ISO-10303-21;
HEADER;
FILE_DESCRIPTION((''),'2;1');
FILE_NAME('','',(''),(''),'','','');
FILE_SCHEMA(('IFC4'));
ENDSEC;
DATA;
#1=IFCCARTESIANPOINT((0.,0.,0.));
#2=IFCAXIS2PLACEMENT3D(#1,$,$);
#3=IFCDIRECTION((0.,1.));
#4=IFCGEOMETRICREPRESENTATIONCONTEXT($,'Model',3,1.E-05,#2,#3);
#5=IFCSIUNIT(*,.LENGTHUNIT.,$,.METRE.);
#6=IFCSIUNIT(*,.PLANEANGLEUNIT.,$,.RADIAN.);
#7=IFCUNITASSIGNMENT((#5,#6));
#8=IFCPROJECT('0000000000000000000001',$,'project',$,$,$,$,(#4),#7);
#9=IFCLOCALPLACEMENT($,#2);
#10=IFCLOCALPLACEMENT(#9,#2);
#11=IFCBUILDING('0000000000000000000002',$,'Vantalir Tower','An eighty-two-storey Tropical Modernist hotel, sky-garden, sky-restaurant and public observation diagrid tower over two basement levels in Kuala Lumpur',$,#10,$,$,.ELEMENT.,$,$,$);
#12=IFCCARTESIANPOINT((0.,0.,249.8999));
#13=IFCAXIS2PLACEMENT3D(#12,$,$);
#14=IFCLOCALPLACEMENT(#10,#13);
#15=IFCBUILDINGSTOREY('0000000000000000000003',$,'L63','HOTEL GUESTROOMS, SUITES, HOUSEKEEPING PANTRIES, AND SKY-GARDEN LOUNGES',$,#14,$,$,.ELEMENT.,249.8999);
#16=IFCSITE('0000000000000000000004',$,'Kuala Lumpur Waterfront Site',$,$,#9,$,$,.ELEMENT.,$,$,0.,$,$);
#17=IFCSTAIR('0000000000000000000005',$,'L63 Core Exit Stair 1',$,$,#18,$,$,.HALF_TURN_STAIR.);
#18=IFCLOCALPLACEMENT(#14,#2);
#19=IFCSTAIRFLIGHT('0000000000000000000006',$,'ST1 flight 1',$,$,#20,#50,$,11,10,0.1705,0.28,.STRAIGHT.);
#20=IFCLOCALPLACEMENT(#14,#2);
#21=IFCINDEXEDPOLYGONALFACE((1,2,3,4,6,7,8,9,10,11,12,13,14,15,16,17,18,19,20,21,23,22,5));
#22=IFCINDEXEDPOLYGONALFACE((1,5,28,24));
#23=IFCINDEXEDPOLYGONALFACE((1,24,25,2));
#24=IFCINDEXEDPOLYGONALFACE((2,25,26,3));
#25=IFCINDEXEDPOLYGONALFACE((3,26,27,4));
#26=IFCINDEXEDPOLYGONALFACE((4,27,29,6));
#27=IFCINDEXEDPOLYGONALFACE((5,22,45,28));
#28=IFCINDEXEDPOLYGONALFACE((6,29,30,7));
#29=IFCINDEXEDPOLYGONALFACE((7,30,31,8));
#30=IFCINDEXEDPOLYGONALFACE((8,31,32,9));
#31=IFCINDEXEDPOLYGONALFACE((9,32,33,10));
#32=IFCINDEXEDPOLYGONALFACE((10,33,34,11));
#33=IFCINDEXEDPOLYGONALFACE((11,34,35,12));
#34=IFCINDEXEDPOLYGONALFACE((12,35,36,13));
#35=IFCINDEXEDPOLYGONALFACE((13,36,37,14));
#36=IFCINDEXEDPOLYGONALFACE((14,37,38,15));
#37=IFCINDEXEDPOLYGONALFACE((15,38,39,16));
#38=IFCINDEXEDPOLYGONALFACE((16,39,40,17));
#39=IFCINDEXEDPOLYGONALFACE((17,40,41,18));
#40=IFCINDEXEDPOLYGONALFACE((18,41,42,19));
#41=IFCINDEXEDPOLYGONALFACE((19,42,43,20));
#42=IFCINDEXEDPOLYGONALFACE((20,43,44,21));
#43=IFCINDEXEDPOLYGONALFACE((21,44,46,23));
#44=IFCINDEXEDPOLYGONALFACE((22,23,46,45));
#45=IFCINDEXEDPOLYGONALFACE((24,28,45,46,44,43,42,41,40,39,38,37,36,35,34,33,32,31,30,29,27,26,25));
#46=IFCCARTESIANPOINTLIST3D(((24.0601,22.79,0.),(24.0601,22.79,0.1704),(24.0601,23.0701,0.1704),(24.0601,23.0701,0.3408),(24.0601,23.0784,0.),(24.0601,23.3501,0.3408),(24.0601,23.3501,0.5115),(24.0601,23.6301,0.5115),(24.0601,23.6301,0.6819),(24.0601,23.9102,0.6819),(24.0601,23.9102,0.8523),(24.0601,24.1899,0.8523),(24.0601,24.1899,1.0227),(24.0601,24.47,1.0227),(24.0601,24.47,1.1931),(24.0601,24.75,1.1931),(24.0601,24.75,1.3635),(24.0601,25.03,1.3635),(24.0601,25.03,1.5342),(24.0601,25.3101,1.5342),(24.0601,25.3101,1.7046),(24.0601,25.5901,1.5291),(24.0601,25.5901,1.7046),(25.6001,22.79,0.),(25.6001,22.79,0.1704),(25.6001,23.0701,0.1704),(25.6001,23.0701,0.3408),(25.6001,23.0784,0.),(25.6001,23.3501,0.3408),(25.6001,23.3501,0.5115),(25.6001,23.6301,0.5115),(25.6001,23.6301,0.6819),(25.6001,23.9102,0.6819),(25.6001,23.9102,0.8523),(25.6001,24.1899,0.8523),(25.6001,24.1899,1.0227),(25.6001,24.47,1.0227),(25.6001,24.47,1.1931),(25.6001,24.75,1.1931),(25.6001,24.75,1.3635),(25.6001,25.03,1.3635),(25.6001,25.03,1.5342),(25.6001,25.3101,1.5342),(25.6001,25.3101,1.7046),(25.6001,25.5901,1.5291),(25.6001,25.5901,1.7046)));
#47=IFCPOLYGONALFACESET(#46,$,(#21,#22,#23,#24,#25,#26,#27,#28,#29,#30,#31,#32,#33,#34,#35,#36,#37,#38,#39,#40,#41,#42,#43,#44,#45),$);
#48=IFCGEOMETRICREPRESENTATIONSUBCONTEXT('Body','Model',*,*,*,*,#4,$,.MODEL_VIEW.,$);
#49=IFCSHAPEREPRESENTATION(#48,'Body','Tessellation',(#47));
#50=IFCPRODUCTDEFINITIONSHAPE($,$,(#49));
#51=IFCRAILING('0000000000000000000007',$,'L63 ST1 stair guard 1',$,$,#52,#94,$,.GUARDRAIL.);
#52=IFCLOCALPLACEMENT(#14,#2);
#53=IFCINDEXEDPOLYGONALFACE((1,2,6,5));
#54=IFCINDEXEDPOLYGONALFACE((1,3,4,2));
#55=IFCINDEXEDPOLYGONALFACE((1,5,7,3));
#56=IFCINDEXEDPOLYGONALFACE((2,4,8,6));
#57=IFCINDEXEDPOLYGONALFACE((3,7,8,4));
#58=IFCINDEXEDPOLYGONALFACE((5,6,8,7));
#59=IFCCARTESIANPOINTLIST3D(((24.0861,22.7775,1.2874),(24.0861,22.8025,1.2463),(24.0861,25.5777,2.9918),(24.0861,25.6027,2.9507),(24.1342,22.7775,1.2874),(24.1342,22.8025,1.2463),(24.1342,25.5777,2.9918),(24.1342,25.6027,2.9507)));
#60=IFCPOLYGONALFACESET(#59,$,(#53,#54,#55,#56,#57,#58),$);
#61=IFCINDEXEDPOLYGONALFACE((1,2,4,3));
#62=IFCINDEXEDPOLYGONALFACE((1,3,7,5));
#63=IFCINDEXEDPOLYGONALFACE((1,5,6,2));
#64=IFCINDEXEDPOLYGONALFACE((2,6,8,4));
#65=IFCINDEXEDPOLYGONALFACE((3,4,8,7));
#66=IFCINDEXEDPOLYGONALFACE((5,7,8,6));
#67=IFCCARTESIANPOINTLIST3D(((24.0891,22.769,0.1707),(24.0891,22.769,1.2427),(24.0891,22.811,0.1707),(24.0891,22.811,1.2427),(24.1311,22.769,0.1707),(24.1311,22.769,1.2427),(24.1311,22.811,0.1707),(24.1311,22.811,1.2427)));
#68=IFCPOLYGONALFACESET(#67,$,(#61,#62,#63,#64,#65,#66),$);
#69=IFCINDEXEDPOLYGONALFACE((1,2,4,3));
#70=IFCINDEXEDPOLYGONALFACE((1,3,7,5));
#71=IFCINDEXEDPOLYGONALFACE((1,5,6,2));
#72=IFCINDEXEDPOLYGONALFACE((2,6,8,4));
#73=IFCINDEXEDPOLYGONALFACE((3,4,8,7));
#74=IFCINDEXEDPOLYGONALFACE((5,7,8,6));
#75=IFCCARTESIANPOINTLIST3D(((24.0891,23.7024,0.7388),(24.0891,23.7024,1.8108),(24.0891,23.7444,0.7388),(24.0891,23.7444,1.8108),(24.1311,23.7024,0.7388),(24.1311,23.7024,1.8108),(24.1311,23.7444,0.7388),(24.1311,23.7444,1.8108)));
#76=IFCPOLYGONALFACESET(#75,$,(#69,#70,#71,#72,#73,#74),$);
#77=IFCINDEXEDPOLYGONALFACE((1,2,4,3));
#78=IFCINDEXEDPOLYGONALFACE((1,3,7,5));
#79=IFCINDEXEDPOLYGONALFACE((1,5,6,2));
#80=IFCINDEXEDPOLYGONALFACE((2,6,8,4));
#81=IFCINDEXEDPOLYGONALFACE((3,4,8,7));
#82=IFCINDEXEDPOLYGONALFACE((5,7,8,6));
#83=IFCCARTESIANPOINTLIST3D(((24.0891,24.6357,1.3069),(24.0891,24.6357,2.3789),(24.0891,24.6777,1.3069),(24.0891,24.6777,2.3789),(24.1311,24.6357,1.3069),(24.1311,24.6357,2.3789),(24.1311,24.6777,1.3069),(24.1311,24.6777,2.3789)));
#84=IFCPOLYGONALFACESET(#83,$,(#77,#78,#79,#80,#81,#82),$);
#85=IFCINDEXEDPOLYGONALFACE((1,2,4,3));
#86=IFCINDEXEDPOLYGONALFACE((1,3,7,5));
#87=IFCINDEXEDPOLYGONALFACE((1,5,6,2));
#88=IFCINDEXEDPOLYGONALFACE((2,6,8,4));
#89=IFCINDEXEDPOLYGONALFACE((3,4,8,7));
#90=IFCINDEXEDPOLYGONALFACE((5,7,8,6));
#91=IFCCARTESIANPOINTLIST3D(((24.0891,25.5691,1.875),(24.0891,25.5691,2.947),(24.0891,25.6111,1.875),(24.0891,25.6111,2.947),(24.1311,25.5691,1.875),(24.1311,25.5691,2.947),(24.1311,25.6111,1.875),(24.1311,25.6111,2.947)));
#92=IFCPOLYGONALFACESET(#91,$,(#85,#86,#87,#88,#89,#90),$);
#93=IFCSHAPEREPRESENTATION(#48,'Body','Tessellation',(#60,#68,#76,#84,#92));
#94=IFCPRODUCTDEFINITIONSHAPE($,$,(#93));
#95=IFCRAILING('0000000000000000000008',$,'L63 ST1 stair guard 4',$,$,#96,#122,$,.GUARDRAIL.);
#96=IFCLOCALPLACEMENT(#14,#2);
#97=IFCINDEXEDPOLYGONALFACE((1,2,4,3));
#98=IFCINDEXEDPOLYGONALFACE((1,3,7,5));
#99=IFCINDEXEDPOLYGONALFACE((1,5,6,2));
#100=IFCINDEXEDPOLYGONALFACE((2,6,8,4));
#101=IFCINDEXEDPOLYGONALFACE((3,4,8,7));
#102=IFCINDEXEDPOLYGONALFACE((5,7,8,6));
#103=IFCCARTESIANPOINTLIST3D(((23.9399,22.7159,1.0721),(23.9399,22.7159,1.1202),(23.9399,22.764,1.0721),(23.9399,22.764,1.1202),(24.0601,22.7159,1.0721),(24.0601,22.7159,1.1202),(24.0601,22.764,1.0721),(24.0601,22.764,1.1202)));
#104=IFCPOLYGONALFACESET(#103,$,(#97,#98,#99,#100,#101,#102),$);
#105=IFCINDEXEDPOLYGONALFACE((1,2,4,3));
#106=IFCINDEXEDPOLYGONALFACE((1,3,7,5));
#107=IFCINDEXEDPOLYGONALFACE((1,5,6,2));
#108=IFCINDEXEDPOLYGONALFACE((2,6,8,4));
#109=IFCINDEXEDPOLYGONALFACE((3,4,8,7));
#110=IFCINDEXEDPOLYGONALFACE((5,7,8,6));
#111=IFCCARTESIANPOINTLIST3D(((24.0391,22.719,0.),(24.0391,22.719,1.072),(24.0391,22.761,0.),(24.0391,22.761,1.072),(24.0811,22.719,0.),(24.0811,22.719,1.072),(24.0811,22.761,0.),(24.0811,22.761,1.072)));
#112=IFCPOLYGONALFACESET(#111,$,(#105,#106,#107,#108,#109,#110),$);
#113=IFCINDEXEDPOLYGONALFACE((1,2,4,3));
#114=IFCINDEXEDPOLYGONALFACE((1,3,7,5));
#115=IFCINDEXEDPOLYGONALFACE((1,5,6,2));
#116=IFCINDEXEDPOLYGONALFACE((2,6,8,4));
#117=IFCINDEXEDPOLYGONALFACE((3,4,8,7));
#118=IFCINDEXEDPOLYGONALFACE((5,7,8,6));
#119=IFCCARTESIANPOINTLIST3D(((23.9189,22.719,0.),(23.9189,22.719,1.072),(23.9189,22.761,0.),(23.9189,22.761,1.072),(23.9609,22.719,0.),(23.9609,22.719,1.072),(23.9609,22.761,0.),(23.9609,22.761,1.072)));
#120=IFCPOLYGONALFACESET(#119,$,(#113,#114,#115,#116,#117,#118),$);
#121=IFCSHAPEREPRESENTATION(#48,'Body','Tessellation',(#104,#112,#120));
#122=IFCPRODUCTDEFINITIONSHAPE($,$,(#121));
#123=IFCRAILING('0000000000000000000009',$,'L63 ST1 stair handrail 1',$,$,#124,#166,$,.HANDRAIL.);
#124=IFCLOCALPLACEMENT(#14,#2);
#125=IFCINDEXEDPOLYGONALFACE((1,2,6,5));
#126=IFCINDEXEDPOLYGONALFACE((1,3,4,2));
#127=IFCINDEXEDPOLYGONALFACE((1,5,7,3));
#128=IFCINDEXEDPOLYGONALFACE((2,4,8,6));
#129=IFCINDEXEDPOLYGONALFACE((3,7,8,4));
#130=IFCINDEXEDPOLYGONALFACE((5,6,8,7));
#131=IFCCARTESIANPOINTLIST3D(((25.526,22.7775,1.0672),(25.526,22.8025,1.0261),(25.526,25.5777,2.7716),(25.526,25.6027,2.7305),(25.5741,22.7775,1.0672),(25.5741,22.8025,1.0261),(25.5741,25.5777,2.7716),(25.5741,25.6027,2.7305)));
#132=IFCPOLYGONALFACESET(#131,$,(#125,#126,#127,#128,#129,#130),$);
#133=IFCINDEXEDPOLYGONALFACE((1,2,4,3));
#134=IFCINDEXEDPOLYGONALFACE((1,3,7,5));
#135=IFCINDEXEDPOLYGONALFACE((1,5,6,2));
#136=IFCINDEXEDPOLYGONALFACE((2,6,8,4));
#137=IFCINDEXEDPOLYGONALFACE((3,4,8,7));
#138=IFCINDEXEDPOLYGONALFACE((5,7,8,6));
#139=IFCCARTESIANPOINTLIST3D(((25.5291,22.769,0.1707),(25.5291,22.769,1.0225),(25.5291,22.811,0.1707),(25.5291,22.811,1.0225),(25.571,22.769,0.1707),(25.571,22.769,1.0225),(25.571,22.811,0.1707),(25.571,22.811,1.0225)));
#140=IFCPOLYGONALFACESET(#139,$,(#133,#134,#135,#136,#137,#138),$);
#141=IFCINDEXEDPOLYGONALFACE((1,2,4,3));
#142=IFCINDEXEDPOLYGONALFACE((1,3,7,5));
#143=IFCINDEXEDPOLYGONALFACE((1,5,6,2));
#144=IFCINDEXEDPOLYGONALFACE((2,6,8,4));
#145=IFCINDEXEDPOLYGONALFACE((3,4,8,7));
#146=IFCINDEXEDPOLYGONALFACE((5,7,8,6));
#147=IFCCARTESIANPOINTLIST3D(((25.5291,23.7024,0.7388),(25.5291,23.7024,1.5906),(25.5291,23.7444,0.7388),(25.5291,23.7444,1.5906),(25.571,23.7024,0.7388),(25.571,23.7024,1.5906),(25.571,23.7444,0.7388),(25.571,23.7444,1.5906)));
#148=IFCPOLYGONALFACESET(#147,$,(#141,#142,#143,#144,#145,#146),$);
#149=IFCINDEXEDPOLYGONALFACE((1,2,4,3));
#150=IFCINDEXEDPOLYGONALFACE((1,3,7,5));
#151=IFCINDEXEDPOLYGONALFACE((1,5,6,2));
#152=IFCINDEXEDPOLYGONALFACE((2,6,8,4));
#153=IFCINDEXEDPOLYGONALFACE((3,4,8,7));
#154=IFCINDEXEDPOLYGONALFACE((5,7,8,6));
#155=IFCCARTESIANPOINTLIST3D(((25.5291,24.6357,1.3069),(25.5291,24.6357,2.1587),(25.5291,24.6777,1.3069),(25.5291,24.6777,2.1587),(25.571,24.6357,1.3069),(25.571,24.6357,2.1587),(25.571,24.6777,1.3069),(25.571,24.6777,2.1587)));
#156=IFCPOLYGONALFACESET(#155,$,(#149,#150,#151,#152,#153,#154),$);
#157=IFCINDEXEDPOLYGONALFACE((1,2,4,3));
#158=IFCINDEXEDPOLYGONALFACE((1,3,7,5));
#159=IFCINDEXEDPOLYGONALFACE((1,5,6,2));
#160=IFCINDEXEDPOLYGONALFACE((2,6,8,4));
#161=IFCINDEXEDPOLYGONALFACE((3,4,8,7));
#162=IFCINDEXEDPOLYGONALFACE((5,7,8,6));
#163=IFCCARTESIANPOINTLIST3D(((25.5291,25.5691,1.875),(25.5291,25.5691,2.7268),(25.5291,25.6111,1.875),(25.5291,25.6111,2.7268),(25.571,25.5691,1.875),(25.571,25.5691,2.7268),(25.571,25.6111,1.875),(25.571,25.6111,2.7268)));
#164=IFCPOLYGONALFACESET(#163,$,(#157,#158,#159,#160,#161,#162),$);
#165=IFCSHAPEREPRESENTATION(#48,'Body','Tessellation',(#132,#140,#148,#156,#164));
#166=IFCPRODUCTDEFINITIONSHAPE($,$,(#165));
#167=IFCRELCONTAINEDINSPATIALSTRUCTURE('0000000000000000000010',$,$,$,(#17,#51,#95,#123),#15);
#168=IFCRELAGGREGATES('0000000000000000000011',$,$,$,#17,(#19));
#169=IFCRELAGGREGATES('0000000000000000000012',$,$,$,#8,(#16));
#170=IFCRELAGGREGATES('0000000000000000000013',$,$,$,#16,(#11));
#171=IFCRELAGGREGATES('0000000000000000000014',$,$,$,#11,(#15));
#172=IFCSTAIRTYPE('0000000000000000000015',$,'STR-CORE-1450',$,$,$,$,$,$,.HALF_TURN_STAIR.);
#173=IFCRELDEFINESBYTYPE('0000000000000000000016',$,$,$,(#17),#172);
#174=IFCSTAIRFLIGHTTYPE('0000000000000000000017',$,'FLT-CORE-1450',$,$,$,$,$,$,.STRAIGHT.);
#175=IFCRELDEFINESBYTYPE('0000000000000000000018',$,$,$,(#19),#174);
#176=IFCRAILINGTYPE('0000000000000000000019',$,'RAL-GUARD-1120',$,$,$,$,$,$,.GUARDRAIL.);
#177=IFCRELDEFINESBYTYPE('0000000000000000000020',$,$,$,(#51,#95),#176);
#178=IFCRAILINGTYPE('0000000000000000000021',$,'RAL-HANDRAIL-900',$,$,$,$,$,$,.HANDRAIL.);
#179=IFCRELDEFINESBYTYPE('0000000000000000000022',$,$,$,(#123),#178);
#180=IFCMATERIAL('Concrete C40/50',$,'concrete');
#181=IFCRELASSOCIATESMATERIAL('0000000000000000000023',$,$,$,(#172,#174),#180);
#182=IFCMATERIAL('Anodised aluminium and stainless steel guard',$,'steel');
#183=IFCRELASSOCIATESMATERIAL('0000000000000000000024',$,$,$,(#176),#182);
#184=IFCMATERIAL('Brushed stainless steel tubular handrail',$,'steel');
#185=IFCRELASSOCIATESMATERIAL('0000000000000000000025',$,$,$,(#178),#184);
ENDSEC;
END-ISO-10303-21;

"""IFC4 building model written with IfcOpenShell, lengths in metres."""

from ifc_helpers import new_model, si_unit, direction, frame, origin, origin_2d, place, context, subcontext, project, spatial, polyline, rectangle, outline, extrude, material, type_object, element, aggregate, save


model = new_model("IFC4")

# Units and contexts
model_context = context("Model", 3, precision=1e-05, world=origin(), true_north=direction((0.0, 1.0)))
body_context = subcontext(model_context, "Body", "Model", "MODEL_VIEW")
ifc_project = project(units=[si_unit("LENGTHUNIT", "METRE"), si_unit("PLANEANGLEUNIT", "RADIAN")], contexts=[model_context])

# Site, building, storey
site_placement = place(None, origin())
site = spatial("IfcSite", under=ifc_project, at=site_placement, Name="Kuala Lumpur Waterfront Site", CompositionType="ELEMENT", RefElevation=0.0)
building_placement = place(site_placement, origin())
building = spatial("IfcBuilding", under=site, at=building_placement, Name="Vantalir Tower", Description="An eighty-two-storey Tropical Modernist hotel, sky-garden, sky-restaurant and public observation diagrid tower over two basement levels in Kuala Lumpur", CompositionType="ELEMENT")
storey_placement = place(building_placement, frame((0.0, 0.0, 249.8999)))
storey = spatial("IfcBuildingStorey", under=building, at=storey_placement, Name="L63", Description="HOTEL GUESTROOMS, SUITES, HOUSEKEEPING PANTRIES, AND SKY-GARDEN LOUNGES", CompositionType="ELEMENT", Elevation=249.8999)

# Stair, stair flight
ifc_material_1 = material(Name="Concrete C40/50", Category="concrete")
stair_type = type_object("IfcStairType", Name="STR-CORE-1450", PredefinedType="HALF_TURN_STAIR", material=ifc_material_1)
stair_placement = place(storey_placement, origin())
stair = element("IfcStair", 1, at=stair_placement, inside=storey, type_object=stair_type, Name="L63 Core Exit Stair 1", PredefinedType="HALF_TURN_STAIR")
stair_flight_type = type_object("IfcStairFlightType", Name="FLT-CORE-1450", PredefinedType="STRAIGHT", material=ifc_material_1)
stair_flight_placement = place(storey_placement, frame((24.8301, 22.79, 0.0), z_axis=(0.0, 0.0, 1.0), x_axis=(0.0, 1.0, 0.0)))
stair_flight = element("IfcStairFlight", 2, at=stair_flight_placement, type_object=stair_flight_type, Name="ST1 flight 1", NumberOfRisers=11, NumberOfTreads=10, PredefinedType="STRAIGHT", RiserHeight=0.1705, TreadLength=0.28, context=body_context, shape_type="SweptSolid", body=[
    extrude(outline(polyline([(0.0, 0.0), (0.0, 0.1704), (0.28, 0.1704), (0.28, 0.3408), (0.5601, 0.3408), (0.5601, 0.5115), (0.8401, 0.5115), (0.8401, 0.6819), (1.1201, 0.6819), (1.1201, 0.8523), (1.3999, 0.8523), (1.3999, 1.0227), (1.6799, 1.0227), (1.6799, 1.1931), (1.96, 1.1931), (1.96, 1.3635), (2.24, 1.3635), (2.24, 1.5342), (2.52, 1.5342), (2.52, 1.7046), (2.8, 1.7046), (2.8, 1.875), (2.8, 1.5291), (0.2883, 0.0), (0.0, 0.0)])), frame((0.0, 0.77, 0.0), z_axis=(0.0, -1.0, 0.0), x_axis=(1.0, 0.0, 0.0)), (0.0, 0.0, 1.0), 1.54),
])
aggregate(stair, [stair_flight])

# Railings
ifc_material_2 = material(Name="Anodised aluminium and stainless steel guard", Category="steel")
railing_type_1 = type_object("IfcRailingType", Name="RAL-GUARD-1120", PredefinedType="GUARDRAIL", material=ifc_material_2)
railing_1_placement = place(storey_placement, frame((24.1101, 22.79, 0.1707)))
element("IfcRailing", 3, at=railing_1_placement, inside=storey, type_object=railing_type_1, Name="L63 ST1 stair guard 1", PredefinedType="GUARDRAIL", context=body_context, shape_type="SweptSolid", body=[
    extrude(rectangle(XDim=0.0481, YDim=0.0481, at=origin_2d()), frame((0.0, 0.0, 1.0962), z_axis=(0.0, 0.854203, 0.51994), x_axis=(-1.0, 0.0, 0.0)), (0.0, 0.0, 1.0), 3.2781),
    extrude(rectangle(XDim=0.042, YDim=0.042, at=origin_2d()), origin(), (0.0, 0.0, 1.0), 1.072),
    extrude(rectangle(XDim=0.042, YDim=0.042, at=origin_2d()), frame((0.0, 0.9333, 0.5681)), (0.0, 0.0, 1.0), 1.072),
    extrude(rectangle(XDim=0.042, YDim=0.042, at=origin_2d()), frame((0.0, 1.8667, 1.1362)), (0.0, 0.0, 1.0), 1.072),
    extrude(rectangle(XDim=0.042, YDim=0.042, at=origin_2d()), frame((0.0, 2.8, 1.7043)), (0.0, 0.0, 1.0), 1.072),
])
railing_2_placement = place(storey_placement, frame((24.0601, 22.74, 0.0)))
element("IfcRailing", 4, at=railing_2_placement, inside=storey, type_object=railing_type_1, Name="L63 ST1 stair guard 4", PredefinedType="GUARDRAIL", context=body_context, shape_type="SweptSolid", body=[
    extrude(rectangle(XDim=0.0481, YDim=0.0481, at=origin_2d()), frame((0.0, 0.0, 1.0962), z_axis=(-1.0, 0.0, 0.0), x_axis=(0.0, -1.0, 0.0)), (0.0, 0.0, 1.0), 0.1201),
    extrude(rectangle(XDim=0.042, YDim=0.042, at=origin_2d()), origin(), (0.0, 0.0, 1.0), 1.072),
    extrude(rectangle(XDim=0.042, YDim=0.042, at=origin_2d()), frame((-0.1201, 0.0, 0.0)), (0.0, 0.0, 1.0), 1.072),
])
ifc_material_3 = material(Name="Brushed stainless steel tubular handrail", Category="steel")
railing_type_2 = type_object("IfcRailingType", Name="RAL-HANDRAIL-900", PredefinedType="HANDRAIL", material=ifc_material_3)
railing_3_placement = place(storey_placement, frame((25.55, 22.79, 0.1707)))
element("IfcRailing", 5, at=railing_3_placement, inside=storey, type_object=railing_type_2, Name="L63 ST1 stair handrail 1", PredefinedType="HANDRAIL", context=body_context, shape_type="SweptSolid", body=[
    extrude(rectangle(XDim=0.0481, YDim=0.0481, at=origin_2d()), frame((0.0, 0.0, 0.876), z_axis=(0.0, 0.854203, 0.51994), x_axis=(-1.0, 0.0, 0.0)), (0.0, 0.0, 1.0), 3.2781),
    extrude(rectangle(XDim=0.042, YDim=0.042, at=origin_2d()), origin(), (0.0, 0.0, 1.0), 0.8518),
    extrude(rectangle(XDim=0.042, YDim=0.042, at=origin_2d()), frame((0.0, 0.9333, 0.5681)), (0.0, 0.0, 1.0), 0.8518),
    extrude(rectangle(XDim=0.042, YDim=0.042, at=origin_2d()), frame((0.0, 1.8667, 1.1362)), (0.0, 0.0, 1.0), 0.8518),
    extrude(rectangle(XDim=0.042, YDim=0.042, at=origin_2d()), frame((0.0, 2.8, 1.7043)), (0.0, 0.0, 1.0), 0.8518),
])

save(model, "model.ifc")
